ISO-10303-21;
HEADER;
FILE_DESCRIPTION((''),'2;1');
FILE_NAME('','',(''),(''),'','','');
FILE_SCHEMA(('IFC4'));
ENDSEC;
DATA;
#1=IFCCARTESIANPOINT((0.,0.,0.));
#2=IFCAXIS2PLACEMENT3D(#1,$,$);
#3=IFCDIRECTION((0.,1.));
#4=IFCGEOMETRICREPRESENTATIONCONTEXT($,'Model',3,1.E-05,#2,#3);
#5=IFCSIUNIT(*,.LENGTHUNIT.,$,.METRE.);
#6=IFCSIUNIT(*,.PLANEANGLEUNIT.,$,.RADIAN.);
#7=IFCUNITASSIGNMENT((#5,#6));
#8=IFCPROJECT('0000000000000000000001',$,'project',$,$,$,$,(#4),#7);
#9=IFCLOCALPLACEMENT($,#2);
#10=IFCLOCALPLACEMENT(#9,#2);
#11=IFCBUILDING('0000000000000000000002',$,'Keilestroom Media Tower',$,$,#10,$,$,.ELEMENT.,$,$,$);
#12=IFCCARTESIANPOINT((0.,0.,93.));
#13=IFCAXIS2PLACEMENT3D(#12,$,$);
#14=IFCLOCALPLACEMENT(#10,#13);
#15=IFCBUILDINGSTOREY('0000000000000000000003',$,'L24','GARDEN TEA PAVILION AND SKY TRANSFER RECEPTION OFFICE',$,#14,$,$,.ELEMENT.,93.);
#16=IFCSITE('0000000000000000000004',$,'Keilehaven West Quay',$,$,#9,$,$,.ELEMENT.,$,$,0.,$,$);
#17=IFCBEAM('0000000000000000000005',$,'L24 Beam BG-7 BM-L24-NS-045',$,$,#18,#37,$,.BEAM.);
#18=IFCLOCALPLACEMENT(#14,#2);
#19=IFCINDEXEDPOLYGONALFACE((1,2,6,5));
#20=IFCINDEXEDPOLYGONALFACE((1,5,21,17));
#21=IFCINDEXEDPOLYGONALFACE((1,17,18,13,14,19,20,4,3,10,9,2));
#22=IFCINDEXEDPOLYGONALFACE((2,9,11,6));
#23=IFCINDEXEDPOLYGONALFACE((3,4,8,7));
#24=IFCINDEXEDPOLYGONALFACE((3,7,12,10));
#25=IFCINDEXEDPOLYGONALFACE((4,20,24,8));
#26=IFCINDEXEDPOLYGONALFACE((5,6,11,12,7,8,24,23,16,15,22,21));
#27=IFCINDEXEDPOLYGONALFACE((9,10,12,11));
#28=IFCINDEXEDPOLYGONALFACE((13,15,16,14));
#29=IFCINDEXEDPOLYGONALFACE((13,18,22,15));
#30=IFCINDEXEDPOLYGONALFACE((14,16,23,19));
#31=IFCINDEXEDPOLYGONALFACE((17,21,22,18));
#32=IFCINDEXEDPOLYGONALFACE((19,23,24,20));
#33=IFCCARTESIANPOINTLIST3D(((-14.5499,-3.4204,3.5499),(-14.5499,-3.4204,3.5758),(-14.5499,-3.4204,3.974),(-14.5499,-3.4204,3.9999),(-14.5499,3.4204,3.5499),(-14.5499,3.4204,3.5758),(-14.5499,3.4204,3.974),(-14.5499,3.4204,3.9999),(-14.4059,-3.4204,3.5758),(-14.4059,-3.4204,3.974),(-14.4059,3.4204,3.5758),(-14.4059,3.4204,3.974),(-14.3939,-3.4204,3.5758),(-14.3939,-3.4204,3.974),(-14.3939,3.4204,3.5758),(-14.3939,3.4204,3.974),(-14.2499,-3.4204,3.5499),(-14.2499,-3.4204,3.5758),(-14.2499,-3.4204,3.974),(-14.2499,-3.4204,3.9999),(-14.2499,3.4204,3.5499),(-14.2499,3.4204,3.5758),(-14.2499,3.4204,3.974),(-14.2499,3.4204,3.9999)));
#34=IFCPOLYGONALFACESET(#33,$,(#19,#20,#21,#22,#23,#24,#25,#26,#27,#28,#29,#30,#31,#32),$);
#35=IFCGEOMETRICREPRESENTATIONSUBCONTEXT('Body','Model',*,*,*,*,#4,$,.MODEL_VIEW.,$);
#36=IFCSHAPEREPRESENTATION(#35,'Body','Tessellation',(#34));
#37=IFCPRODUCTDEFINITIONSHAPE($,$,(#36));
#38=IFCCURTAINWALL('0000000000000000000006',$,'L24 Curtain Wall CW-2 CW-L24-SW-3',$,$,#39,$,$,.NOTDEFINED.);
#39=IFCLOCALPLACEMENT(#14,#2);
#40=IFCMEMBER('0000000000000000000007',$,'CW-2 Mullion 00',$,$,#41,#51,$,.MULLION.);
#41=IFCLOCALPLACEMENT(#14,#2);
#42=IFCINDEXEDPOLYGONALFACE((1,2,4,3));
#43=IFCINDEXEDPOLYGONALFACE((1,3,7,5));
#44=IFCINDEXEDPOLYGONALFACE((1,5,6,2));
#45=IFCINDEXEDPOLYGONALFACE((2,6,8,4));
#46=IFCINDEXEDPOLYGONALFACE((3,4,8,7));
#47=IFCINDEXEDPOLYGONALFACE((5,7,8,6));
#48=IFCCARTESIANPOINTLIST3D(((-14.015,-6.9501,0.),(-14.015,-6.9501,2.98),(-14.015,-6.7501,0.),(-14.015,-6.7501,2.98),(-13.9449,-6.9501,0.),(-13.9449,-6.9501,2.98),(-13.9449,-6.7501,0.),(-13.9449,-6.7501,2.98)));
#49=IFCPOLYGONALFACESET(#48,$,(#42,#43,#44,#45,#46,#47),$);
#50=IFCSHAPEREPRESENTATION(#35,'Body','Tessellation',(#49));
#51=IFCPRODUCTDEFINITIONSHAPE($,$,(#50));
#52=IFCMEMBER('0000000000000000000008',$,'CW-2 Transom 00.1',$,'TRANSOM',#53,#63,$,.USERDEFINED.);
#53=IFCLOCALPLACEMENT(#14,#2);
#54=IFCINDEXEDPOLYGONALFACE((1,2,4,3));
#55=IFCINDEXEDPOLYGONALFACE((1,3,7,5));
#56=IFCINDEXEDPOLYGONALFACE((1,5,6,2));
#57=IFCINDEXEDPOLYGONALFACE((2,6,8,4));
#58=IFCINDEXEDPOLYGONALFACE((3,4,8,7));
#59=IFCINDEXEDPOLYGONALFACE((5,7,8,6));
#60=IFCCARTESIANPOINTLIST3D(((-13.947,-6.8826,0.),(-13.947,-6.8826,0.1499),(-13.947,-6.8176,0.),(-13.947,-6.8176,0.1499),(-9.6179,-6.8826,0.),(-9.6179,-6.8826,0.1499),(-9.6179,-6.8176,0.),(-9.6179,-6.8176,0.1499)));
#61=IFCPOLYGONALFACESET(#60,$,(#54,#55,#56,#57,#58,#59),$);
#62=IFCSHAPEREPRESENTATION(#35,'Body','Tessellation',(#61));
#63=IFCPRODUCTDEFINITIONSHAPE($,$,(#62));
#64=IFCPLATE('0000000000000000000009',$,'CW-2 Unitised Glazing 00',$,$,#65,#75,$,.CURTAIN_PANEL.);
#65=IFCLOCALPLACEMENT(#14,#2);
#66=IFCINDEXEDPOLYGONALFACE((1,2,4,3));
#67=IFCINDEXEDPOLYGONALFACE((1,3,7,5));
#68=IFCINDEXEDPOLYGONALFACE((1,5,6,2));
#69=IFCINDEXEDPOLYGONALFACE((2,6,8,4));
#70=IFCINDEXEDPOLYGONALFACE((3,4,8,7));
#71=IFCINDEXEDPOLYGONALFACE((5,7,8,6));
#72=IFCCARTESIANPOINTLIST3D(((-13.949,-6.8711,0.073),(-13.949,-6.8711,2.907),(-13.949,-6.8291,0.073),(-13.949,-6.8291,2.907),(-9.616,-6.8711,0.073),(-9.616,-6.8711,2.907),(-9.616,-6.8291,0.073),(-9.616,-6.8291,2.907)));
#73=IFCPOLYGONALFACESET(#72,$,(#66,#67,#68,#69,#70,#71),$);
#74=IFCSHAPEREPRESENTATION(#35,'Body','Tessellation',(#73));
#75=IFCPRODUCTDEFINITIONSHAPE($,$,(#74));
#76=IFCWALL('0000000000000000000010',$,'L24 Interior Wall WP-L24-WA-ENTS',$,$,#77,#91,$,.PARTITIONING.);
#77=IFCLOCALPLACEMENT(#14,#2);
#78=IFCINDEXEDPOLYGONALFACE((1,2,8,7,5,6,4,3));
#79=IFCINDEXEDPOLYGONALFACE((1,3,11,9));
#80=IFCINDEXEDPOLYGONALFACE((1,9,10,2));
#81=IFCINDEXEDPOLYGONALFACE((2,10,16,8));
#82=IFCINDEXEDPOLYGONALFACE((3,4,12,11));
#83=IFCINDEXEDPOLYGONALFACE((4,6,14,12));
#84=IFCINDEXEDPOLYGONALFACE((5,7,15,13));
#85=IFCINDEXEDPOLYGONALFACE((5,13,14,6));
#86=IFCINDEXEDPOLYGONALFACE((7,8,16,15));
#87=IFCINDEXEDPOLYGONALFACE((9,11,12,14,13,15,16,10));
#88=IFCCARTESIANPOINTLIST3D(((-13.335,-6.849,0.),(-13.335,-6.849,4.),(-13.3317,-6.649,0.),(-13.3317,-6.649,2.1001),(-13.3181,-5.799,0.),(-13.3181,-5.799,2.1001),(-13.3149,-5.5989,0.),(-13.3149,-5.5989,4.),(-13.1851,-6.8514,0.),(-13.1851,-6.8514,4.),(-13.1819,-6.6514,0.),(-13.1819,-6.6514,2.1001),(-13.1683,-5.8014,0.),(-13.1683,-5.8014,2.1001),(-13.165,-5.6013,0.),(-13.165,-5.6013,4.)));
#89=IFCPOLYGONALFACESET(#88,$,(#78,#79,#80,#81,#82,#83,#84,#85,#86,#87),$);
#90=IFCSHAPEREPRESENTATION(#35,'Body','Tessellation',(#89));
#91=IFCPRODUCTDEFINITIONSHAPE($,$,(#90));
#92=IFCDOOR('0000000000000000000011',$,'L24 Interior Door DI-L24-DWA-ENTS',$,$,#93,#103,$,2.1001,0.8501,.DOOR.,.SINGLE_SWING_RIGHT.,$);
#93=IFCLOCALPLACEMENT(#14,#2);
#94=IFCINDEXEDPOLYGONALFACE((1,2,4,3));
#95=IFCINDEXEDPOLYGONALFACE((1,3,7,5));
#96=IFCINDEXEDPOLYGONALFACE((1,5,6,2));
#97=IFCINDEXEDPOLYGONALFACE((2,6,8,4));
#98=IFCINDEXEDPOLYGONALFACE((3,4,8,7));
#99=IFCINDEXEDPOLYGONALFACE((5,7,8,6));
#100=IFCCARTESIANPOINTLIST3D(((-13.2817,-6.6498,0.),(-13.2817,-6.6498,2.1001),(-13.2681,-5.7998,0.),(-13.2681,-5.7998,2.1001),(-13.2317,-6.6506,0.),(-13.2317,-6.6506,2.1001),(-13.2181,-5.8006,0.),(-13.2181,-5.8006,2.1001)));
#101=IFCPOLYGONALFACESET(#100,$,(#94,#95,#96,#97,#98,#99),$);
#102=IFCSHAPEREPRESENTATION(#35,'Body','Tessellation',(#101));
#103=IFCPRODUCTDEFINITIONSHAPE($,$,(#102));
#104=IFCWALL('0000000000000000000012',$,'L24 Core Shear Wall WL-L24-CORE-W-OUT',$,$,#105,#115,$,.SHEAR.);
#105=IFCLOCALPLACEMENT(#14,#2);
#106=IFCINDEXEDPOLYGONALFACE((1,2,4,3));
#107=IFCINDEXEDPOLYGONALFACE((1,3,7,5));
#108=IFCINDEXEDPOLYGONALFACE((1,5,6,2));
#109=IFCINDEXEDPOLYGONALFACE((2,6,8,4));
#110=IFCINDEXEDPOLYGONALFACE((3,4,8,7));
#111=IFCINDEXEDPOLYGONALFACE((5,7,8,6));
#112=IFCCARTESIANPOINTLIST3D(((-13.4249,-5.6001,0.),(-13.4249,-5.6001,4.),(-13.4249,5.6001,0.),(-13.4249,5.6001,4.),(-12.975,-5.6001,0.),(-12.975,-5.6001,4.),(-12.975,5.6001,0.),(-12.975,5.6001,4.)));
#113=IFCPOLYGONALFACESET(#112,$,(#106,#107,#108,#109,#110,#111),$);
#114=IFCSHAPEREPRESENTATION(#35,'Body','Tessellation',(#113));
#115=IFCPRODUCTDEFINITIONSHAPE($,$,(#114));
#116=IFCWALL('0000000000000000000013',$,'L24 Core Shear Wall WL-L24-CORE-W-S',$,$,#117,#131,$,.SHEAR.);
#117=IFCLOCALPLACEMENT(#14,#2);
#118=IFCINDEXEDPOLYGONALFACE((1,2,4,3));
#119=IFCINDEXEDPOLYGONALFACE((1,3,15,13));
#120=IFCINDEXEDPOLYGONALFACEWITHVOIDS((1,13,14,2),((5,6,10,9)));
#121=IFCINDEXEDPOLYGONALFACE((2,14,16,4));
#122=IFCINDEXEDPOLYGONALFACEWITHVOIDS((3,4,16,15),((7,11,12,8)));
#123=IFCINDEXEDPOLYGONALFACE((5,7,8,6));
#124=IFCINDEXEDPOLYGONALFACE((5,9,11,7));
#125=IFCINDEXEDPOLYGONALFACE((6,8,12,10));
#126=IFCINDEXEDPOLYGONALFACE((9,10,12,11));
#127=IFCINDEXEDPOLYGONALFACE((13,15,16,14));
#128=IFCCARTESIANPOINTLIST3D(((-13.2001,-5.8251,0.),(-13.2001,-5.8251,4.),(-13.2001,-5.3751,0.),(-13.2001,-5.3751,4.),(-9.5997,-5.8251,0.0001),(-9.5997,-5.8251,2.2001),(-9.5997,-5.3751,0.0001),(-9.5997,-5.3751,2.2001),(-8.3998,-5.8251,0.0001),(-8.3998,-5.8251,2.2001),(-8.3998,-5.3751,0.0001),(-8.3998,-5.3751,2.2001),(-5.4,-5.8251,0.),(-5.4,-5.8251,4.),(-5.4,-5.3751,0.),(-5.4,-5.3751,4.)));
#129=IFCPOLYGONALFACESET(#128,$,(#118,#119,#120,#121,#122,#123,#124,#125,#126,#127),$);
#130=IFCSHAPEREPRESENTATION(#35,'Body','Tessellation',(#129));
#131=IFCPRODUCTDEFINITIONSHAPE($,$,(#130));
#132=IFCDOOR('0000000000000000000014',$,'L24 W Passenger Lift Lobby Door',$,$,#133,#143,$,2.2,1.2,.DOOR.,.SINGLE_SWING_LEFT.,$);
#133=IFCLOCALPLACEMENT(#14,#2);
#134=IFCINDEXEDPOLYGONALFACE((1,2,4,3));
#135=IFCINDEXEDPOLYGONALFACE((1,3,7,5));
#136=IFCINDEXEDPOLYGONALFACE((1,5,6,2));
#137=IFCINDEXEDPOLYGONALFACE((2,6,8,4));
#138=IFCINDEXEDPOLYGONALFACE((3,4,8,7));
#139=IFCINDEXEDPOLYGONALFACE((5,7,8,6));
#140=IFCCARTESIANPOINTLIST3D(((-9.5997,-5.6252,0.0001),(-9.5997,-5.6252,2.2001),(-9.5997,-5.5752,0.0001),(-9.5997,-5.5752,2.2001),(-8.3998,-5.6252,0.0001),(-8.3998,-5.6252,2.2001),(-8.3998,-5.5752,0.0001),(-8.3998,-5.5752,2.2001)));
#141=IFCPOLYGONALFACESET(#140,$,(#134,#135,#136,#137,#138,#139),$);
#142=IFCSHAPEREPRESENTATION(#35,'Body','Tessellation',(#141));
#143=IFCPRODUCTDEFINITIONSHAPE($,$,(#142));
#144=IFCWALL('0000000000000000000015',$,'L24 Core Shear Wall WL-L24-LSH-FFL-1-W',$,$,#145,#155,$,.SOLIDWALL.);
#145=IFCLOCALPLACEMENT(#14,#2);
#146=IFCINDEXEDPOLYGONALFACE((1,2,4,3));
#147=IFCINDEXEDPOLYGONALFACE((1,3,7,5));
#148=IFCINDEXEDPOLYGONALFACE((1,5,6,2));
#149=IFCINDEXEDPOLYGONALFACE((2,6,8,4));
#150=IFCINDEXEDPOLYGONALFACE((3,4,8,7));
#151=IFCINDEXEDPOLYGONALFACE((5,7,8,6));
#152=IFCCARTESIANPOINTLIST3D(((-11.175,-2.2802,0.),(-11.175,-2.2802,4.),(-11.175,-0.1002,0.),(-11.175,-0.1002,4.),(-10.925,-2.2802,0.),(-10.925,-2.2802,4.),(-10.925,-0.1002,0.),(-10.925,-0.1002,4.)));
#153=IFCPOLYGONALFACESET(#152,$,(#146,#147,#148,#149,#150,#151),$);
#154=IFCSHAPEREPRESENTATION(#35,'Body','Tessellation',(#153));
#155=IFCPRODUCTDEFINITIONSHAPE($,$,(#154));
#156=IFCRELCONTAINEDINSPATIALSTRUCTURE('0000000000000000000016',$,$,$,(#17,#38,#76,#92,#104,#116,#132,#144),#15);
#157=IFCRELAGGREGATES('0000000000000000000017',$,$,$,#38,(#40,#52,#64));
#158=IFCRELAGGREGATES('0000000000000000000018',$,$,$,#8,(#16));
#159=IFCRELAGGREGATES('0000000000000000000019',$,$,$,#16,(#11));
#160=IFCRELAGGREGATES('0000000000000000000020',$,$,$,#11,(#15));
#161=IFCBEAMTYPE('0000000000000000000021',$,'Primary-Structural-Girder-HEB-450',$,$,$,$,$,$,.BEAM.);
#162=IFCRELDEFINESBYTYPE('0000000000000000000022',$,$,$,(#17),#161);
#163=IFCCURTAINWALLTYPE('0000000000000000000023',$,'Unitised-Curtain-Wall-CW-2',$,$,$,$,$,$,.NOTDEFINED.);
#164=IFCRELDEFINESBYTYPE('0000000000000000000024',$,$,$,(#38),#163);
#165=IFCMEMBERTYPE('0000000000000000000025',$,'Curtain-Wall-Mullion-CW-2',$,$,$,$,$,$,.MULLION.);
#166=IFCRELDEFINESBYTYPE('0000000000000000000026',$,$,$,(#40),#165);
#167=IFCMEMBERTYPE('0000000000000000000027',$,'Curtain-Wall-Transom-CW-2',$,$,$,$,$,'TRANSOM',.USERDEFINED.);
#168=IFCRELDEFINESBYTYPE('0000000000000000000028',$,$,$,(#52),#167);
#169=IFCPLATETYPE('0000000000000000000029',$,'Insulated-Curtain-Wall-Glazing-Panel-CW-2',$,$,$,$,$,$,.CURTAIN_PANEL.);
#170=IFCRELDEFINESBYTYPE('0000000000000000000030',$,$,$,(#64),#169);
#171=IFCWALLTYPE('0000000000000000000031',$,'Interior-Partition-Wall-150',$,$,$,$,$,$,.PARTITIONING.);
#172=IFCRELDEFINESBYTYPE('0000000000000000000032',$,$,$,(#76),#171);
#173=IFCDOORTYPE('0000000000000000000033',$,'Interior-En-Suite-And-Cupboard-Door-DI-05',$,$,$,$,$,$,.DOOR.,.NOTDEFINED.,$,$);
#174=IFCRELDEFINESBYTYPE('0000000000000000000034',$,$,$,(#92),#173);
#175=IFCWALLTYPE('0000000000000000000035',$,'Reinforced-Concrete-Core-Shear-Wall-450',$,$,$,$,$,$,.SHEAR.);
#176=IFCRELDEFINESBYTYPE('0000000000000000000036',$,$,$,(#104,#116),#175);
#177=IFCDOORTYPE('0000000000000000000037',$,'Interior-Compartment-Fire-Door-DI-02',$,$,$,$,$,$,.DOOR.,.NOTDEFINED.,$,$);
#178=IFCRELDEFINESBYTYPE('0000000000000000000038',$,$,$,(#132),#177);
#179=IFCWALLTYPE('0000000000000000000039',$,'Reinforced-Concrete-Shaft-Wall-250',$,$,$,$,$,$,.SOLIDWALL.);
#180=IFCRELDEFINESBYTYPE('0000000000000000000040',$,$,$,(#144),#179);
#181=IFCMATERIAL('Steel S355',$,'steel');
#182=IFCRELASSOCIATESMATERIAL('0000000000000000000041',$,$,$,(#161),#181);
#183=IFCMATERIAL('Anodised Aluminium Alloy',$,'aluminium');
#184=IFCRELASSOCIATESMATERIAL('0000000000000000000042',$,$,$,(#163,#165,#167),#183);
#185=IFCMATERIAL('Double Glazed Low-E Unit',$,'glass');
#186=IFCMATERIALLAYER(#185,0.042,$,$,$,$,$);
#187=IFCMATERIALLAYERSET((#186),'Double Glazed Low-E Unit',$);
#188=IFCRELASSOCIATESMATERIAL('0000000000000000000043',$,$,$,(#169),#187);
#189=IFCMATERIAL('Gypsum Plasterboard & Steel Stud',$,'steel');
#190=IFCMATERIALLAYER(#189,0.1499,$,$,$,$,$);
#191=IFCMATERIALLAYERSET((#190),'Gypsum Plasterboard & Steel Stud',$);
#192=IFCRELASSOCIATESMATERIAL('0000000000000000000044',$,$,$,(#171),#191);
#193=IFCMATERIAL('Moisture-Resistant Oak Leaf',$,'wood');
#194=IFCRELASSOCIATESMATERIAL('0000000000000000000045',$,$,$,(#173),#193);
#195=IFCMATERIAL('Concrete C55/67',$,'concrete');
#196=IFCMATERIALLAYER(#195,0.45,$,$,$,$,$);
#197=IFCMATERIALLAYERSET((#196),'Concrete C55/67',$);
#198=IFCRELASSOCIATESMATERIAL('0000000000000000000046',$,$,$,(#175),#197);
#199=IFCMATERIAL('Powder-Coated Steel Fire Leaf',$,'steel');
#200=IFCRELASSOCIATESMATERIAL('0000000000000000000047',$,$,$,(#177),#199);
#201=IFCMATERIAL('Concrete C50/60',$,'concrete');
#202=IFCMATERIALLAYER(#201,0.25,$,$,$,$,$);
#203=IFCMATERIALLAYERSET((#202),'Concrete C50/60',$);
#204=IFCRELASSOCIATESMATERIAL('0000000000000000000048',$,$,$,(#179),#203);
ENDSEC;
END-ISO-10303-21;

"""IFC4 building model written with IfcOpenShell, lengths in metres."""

from ifc_helpers import new_model, si_unit, direction, frame, frame_2d, origin, origin_2d, place, context, subcontext, project, spatial, rectangle, i_section, extrude, source, transform, mapped, material, layer, layer_set, material_profile, profile_set, type_object, element, fill, aggregate, save


model = new_model("IFC4")

# Units and contexts
model_context = context("Model", 3, precision=1e-05, world=origin(), true_north=direction((0.0, 1.0)))
body_context = subcontext(model_context, "Body", "Model", "MODEL_VIEW")
ifc_project = project(units=[si_unit("LENGTHUNIT", "METRE"), si_unit("PLANEANGLEUNIT", "RADIAN")], contexts=[model_context])

# Site, building, storey
site_placement = place(None, origin())
site = spatial("IfcSite", under=ifc_project, at=site_placement, Name="Keilehaven West Quay", CompositionType="ELEMENT", RefElevation=0.0)
building_placement = place(site_placement, origin())
building = spatial("IfcBuilding", under=site, at=building_placement, Name="Keilestroom Media Tower", CompositionType="ELEMENT")
storey_placement = place(building_placement, frame((0.0, 0.0, 93.0)))
storey = spatial("IfcBuildingStorey", under=building, at=storey_placement, Name="L24", Description="GARDEN TEA PAVILION AND SKY TRANSFER RECEPTION OFFICE", CompositionType="ELEMENT", Elevation=93.0)

# Beam
ifc_material_1 = material(Name="Steel S355", Category="steel")
ifc_material_profile_1 = material_profile(ifc_material_1, i_section(OverallWidth=0.3, OverallDepth=0.45, WebThickness=0.012, FlangeThickness=0.0259, at=origin_2d()), Name="HEB 450")
ifc_profile_set_1 = profile_set([ifc_material_profile_1], Name="Steel S355")
beam_type = type_object("IfcBeamType", Name="Primary-Structural-Girder-HEB-450", PredefinedType="BEAM", material=ifc_profile_set_1)
shared_shape_1 = source(origin(), body_context, "Body", "SweptSolid", [
    extrude(i_section(OverallWidth=0.3, OverallDepth=0.45, WebThickness=0.012, FlangeThickness=0.0259, at=origin_2d()), origin(), (0.0, 0.0, 1.0), 6.8408),
])
beam_placement = place(storey_placement, frame((-14.3999, -3.4204, 3.7749), z_axis=(0.0, 1.0, 0.0), x_axis=(-1.0, 0.0, 0.0)))
element("IfcBeam", 1, at=beam_placement, inside=storey, type_object=beam_type, Name="L24 Beam BG-7 BM-L24-NS-045", PredefinedType="BEAM", context=body_context, shape_type="MappedRepresentation", body=[
    mapped(shared_shape_1, transform((0.0, 0.0, 0.0), x_axis=(1.0, 0.0, 0.0), y_axis=(0.0, 1.0, 0.0), z_axis=(0.0, 0.0, 1.0), scale=1.0)),
])

# Curtain wall, members, plate
ifc_material_2 = material(Name="Anodised Aluminium Alloy", Category="aluminium")
curtain_wall_type = type_object("IfcCurtainWallType", Name="Unitised-Curtain-Wall-CW-2", PredefinedType="NOTDEFINED", material=ifc_material_2)
curtain_wall_placement = place(storey_placement, origin())
curtain_wall = element("IfcCurtainWall", 2, at=curtain_wall_placement, inside=storey, type_object=curtain_wall_type, Name="L24 Curtain Wall CW-2 CW-L24-SW-3", PredefinedType="NOTDEFINED")
ifc_material_profile_2 = material_profile(ifc_material_2, rectangle(XDim=0.0701, YDim=0.2, at=origin_2d()), Name="ALU MULLION 70x200")
ifc_profile_set_2 = profile_set([ifc_material_profile_2], Name="Anodised Aluminium Alloy")
member_type_1 = type_object("IfcMemberType", Name="Curtain-Wall-Mullion-CW-2", PredefinedType="MULLION", material=ifc_profile_set_2)
shared_shape_2 = source(origin(), body_context, "Body", "SweptSolid", [
    extrude(rectangle(XDim=0.0701, YDim=0.2, at=origin_2d()), origin(), (0.0, 0.0, 1.0), 2.98),
])
member_1_placement = place(storey_placement, frame((-13.98, -6.8501, 0.0), z_axis=(0.0, 0.0, 1.0), x_axis=(1.0, 0.0, 0.0)))
member_1 = element("IfcMember", 3, at=member_1_placement, type_object=member_type_1, Name="CW-2 Mullion 00", PredefinedType="MULLION", context=body_context, shape_type="MappedRepresentation", body=[
    mapped(shared_shape_2, transform((0.0, 0.0, 0.0), x_axis=(1.0, 0.0, 0.0), y_axis=(0.0, 1.0, 0.0), z_axis=(0.0, 0.0, 1.0), scale=1.0)),
])
ifc_material_profile_3 = material_profile(ifc_material_2, rectangle(XDim=0.0649, YDim=0.1499, at=origin_2d()), Name="ALU TRANSOM 65x150")
ifc_profile_set_3 = profile_set([ifc_material_profile_3], Name="Anodised Aluminium Alloy")
member_type_2 = type_object("IfcMemberType", Name="Curtain-Wall-Transom-CW-2", ElementType="TRANSOM", PredefinedType="USERDEFINED", material=ifc_profile_set_3)
shared_shape_3 = source(origin(), body_context, "Body", "SweptSolid", [
    extrude(rectangle(XDim=0.0649, YDim=0.1499, at=origin_2d()), origin(), (0.0, 0.0, 1.0), 4.3291),
])
member_2_placement = place(storey_placement, frame((-13.947, -6.8501, 0.075), z_axis=(1.0, 0.0, 0.0), x_axis=(0.0, 1.0, 0.0)))
member_2 = element("IfcMember", 4, at=member_2_placement, type_object=member_type_2, Name="CW-2 Transom 00.1", ObjectType="TRANSOM", PredefinedType="USERDEFINED", context=body_context, shape_type="MappedRepresentation", body=[
    mapped(shared_shape_3, transform((0.0, 0.0, 0.0), x_axis=(1.0, 0.0, 0.0), y_axis=(0.0, 1.0, 0.0), z_axis=(0.0, 0.0, 1.0), scale=1.0)),
])
ifc_material_3 = material(Name="Double Glazed Low-E Unit", Category="glass")
ifc_layer_1 = layer(ifc_material_3, 0.042)
ifc_layer_set_1 = layer_set([ifc_layer_1], Name="Double Glazed Low-E Unit")
plate_type = type_object("IfcPlateType", Name="Insulated-Curtain-Wall-Glazing-Panel-CW-2", PredefinedType="CURTAIN_PANEL", material=ifc_layer_set_1)
shared_shape_4 = source(origin(), body_context, "Body", "SweptSolid", [
    extrude(rectangle(XDim=4.333, YDim=0.042, at=origin_2d()), origin(), (0.0, 0.0, 1.0), 2.834),
])
plate_placement = place(storey_placement, frame((-11.7825, -6.8501, 0.073), z_axis=(0.0, 0.0, 1.0), x_axis=(1.0, 0.0, 0.0)))
plate = element("IfcPlate", 5, at=plate_placement, type_object=plate_type, Name="CW-2 Unitised Glazing 00", PredefinedType="CURTAIN_PANEL", context=body_context, shape_type="MappedRepresentation", body=[
    mapped(shared_shape_4, transform((0.0, 0.0, 0.0), x_axis=(1.0, 0.0, 0.0), y_axis=(0.0, 1.0, 0.0), z_axis=(0.0, 0.0, 1.0), scale=1.0)),
])
aggregate(curtain_wall, [member_1, member_2, plate])

# Wall, opening, door
ifc_material_4 = material(Name="Gypsum Plasterboard & Steel Stud", Category="steel")
ifc_layer_2 = layer(ifc_material_4, 0.1499)
ifc_layer_set_2 = layer_set([ifc_layer_2], Name="Gypsum Plasterboard & Steel Stud")
wall_type_1 = type_object("IfcWallType", Name="Interior-Partition-Wall-150", PredefinedType="PARTITIONING", material=ifc_layer_set_2)
wall_1_placement = place(storey_placement, frame((-13.26, -6.8501, 0.0), z_axis=(0.0, 0.0, 1.0), x_axis=(0.016014, 0.999872, 0.0)))
wall_1 = element("IfcWall", 6, at=wall_1_placement, inside=storey, type_object=wall_type_1, Name="L24 Interior Wall WP-L24-WA-ENTS", PredefinedType="PARTITIONING", context=body_context, shape_type="SweptSolid", body=[
    extrude(rectangle(XDim=1.2502, YDim=0.1499, at=frame_2d((0.625, 0.0))), origin(), (0.0, 0.0, 1.0), 4.0),
])
opening_1_placement = place(wall_1_placement, frame((0.2, 0.0, 0.0)))
opening_1 = element("IfcOpeningElement", 7, at=opening_1_placement, cuts=wall_1, PredefinedType="OPENING", context=body_context, shape_type="SweptSolid", body=[
    extrude(rectangle(XDim=0.8501, YDim=2.1001, at=frame_2d((0.425, 1.05))), frame((0.0, 0.085, 0.0), z_axis=(0.0, -1.0, 0.0), x_axis=(1.0, 0.0, 0.0)), (0.0, 0.0, 1.0), 0.1699),
])
ifc_material_5 = material(Name="Moisture-Resistant Oak Leaf", Category="wood")
door_type_1 = type_object("IfcDoorType", Name="Interior-En-Suite-And-Cupboard-Door-DI-05", OperationType="NOTDEFINED", PredefinedType="DOOR", material=ifc_material_5)
shared_shape_5 = source(origin(), body_context, "Body", "SweptSolid", [
    extrude(rectangle(XDim=0.8501, YDim=2.1001, at=frame_2d((0.425, 1.05))), frame((0.0, 0.0249, 0.0), z_axis=(0.0, -1.0, 0.0), x_axis=(1.0, 0.0, 0.0)), (0.0, 0.0, 1.0), 0.05),
])
door_1_placement = place(opening_1_placement, origin())
door_1 = element("IfcDoor", 8, at=door_1_placement, inside=storey, type_object=door_type_1, Name="L24 Interior Door DI-L24-DWA-ENTS", OperationType="SINGLE_SWING_RIGHT", OverallHeight=2.1001, OverallWidth=0.8501, PredefinedType="DOOR", context=body_context, shape_type="MappedRepresentation", body=[
    mapped(shared_shape_5, transform((0.0, 0.0, 0.0), x_axis=(1.0, 0.0, 0.0), y_axis=(0.0, 1.0, 0.0), z_axis=(0.0, 0.0, 1.0), scale=1.0)),
])
fill(opening_1, door_1)

# Wall
ifc_material_6 = material(Name="Concrete C55/67", Category="concrete")
ifc_layer_3 = layer(ifc_material_6, 0.45)
ifc_layer_set_3 = layer_set([ifc_layer_3], Name="Concrete C55/67")
wall_type_2 = type_object("IfcWallType", Name="Reinforced-Concrete-Core-Shear-Wall-450", PredefinedType="SHEAR", material=ifc_layer_set_3)
wall_2_placement = place(storey_placement, frame((-13.2, -5.6001, 0.0), z_axis=(0.0, 0.0, 1.0), x_axis=(0.0, 1.0, 0.0)))
element("IfcWall", 9, at=wall_2_placement, inside=storey, type_object=wall_type_2, Name="L24 Core Shear Wall WL-L24-CORE-W-OUT", PredefinedType="SHEAR", context=body_context, shape_type="SweptSolid", body=[
    extrude(rectangle(XDim=11.2002, YDim=0.45, at=frame_2d((5.6001, 0.0))), origin(), (0.0, 0.0, 1.0), 4.0),
])

# Wall, opening, door
wall_3_placement = place(storey_placement, frame((-13.2, -5.6001, 0.0), z_axis=(0.0, 0.0, 1.0), x_axis=(1.0, 0.0, 0.0)))
wall_3 = element("IfcWall", 10, at=wall_3_placement, inside=storey, type_object=wall_type_2, Name="L24 Core Shear Wall WL-L24-CORE-W-S", PredefinedType="SHEAR", context=body_context, shape_type="SweptSolid", body=[
    extrude(rectangle(XDim=7.8, YDim=0.45, at=frame_2d((3.8999, 0.0))), origin(), (0.0, 0.0, 1.0), 4.0),
])
opening_2_placement = place(wall_3_placement, frame((3.6001, 0.0, 0.0)))
opening_2 = element("IfcOpeningElement", 11, at=opening_2_placement, cuts=wall_3, PredefinedType="OPENING", context=body_context, shape_type="SweptSolid", body=[
    extrude(rectangle(XDim=1.2, YDim=2.2, at=frame_2d((0.6001, 1.1001))), frame((0.0, 0.2349, 0.0), z_axis=(0.0, -1.0, 0.0), x_axis=(1.0, 0.0, 0.0)), (0.0, 0.0, 1.0), 0.47),
])
ifc_material_7 = material(Name="Powder-Coated Steel Fire Leaf", Category="steel")
door_type_2 = type_object("IfcDoorType", Name="Interior-Compartment-Fire-Door-DI-02", OperationType="NOTDEFINED", PredefinedType="DOOR", material=ifc_material_7)
shared_shape_6 = source(origin(), body_context, "Body", "SweptSolid", [
    extrude(rectangle(XDim=1.2, YDim=2.2, at=frame_2d((0.6001, 1.1001))), frame((0.0, 0.0249, 0.0), z_axis=(0.0, -1.0, 0.0), x_axis=(1.0, 0.0, 0.0)), (0.0, 0.0, 1.0), 0.05),
])
door_2_placement = place(opening_2_placement, origin())
door_2 = element("IfcDoor", 12, at=door_2_placement, inside=storey, type_object=door_type_2, Name="L24 W Passenger Lift Lobby Door", OperationType="SINGLE_SWING_LEFT", OverallHeight=2.2, OverallWidth=1.2, PredefinedType="DOOR", context=body_context, shape_type="MappedRepresentation", body=[
    mapped(shared_shape_6, transform((0.0, 0.0, 0.0), x_axis=(1.0, 0.0, 0.0), y_axis=(0.0, 1.0, 0.0), z_axis=(0.0, 0.0, 1.0), scale=1.0)),
])
fill(opening_2, door_2)

# Wall
ifc_material_8 = material(Name="Concrete C50/60", Category="concrete")
ifc_layer_4 = layer(ifc_material_8, 0.25)
ifc_layer_set_4 = layer_set([ifc_layer_4], Name="Concrete C50/60")
wall_type_3 = type_object("IfcWallType", Name="Reinforced-Concrete-Shaft-Wall-250", PredefinedType="SOLIDWALL", material=ifc_layer_set_4)
wall_4_placement = place(storey_placement, frame((-11.05, -2.28, 0.0), z_axis=(0.0, 0.0, 1.0), x_axis=(0.0, 1.0, 0.0)))
element("IfcWall", 13, at=wall_4_placement, inside=storey, type_object=wall_type_3, Name="L24 Core Shear Wall WL-L24-LSH-FFL-1-W", PredefinedType="SOLIDWALL", context=body_context, shape_type="SweptSolid", body=[
    extrude(rectangle(XDim=2.1799, YDim=0.25, at=frame_2d((1.0898, 0.0))), origin(), (0.0, 0.0, 1.0), 4.0),
])

save(model, "model.ifc")
